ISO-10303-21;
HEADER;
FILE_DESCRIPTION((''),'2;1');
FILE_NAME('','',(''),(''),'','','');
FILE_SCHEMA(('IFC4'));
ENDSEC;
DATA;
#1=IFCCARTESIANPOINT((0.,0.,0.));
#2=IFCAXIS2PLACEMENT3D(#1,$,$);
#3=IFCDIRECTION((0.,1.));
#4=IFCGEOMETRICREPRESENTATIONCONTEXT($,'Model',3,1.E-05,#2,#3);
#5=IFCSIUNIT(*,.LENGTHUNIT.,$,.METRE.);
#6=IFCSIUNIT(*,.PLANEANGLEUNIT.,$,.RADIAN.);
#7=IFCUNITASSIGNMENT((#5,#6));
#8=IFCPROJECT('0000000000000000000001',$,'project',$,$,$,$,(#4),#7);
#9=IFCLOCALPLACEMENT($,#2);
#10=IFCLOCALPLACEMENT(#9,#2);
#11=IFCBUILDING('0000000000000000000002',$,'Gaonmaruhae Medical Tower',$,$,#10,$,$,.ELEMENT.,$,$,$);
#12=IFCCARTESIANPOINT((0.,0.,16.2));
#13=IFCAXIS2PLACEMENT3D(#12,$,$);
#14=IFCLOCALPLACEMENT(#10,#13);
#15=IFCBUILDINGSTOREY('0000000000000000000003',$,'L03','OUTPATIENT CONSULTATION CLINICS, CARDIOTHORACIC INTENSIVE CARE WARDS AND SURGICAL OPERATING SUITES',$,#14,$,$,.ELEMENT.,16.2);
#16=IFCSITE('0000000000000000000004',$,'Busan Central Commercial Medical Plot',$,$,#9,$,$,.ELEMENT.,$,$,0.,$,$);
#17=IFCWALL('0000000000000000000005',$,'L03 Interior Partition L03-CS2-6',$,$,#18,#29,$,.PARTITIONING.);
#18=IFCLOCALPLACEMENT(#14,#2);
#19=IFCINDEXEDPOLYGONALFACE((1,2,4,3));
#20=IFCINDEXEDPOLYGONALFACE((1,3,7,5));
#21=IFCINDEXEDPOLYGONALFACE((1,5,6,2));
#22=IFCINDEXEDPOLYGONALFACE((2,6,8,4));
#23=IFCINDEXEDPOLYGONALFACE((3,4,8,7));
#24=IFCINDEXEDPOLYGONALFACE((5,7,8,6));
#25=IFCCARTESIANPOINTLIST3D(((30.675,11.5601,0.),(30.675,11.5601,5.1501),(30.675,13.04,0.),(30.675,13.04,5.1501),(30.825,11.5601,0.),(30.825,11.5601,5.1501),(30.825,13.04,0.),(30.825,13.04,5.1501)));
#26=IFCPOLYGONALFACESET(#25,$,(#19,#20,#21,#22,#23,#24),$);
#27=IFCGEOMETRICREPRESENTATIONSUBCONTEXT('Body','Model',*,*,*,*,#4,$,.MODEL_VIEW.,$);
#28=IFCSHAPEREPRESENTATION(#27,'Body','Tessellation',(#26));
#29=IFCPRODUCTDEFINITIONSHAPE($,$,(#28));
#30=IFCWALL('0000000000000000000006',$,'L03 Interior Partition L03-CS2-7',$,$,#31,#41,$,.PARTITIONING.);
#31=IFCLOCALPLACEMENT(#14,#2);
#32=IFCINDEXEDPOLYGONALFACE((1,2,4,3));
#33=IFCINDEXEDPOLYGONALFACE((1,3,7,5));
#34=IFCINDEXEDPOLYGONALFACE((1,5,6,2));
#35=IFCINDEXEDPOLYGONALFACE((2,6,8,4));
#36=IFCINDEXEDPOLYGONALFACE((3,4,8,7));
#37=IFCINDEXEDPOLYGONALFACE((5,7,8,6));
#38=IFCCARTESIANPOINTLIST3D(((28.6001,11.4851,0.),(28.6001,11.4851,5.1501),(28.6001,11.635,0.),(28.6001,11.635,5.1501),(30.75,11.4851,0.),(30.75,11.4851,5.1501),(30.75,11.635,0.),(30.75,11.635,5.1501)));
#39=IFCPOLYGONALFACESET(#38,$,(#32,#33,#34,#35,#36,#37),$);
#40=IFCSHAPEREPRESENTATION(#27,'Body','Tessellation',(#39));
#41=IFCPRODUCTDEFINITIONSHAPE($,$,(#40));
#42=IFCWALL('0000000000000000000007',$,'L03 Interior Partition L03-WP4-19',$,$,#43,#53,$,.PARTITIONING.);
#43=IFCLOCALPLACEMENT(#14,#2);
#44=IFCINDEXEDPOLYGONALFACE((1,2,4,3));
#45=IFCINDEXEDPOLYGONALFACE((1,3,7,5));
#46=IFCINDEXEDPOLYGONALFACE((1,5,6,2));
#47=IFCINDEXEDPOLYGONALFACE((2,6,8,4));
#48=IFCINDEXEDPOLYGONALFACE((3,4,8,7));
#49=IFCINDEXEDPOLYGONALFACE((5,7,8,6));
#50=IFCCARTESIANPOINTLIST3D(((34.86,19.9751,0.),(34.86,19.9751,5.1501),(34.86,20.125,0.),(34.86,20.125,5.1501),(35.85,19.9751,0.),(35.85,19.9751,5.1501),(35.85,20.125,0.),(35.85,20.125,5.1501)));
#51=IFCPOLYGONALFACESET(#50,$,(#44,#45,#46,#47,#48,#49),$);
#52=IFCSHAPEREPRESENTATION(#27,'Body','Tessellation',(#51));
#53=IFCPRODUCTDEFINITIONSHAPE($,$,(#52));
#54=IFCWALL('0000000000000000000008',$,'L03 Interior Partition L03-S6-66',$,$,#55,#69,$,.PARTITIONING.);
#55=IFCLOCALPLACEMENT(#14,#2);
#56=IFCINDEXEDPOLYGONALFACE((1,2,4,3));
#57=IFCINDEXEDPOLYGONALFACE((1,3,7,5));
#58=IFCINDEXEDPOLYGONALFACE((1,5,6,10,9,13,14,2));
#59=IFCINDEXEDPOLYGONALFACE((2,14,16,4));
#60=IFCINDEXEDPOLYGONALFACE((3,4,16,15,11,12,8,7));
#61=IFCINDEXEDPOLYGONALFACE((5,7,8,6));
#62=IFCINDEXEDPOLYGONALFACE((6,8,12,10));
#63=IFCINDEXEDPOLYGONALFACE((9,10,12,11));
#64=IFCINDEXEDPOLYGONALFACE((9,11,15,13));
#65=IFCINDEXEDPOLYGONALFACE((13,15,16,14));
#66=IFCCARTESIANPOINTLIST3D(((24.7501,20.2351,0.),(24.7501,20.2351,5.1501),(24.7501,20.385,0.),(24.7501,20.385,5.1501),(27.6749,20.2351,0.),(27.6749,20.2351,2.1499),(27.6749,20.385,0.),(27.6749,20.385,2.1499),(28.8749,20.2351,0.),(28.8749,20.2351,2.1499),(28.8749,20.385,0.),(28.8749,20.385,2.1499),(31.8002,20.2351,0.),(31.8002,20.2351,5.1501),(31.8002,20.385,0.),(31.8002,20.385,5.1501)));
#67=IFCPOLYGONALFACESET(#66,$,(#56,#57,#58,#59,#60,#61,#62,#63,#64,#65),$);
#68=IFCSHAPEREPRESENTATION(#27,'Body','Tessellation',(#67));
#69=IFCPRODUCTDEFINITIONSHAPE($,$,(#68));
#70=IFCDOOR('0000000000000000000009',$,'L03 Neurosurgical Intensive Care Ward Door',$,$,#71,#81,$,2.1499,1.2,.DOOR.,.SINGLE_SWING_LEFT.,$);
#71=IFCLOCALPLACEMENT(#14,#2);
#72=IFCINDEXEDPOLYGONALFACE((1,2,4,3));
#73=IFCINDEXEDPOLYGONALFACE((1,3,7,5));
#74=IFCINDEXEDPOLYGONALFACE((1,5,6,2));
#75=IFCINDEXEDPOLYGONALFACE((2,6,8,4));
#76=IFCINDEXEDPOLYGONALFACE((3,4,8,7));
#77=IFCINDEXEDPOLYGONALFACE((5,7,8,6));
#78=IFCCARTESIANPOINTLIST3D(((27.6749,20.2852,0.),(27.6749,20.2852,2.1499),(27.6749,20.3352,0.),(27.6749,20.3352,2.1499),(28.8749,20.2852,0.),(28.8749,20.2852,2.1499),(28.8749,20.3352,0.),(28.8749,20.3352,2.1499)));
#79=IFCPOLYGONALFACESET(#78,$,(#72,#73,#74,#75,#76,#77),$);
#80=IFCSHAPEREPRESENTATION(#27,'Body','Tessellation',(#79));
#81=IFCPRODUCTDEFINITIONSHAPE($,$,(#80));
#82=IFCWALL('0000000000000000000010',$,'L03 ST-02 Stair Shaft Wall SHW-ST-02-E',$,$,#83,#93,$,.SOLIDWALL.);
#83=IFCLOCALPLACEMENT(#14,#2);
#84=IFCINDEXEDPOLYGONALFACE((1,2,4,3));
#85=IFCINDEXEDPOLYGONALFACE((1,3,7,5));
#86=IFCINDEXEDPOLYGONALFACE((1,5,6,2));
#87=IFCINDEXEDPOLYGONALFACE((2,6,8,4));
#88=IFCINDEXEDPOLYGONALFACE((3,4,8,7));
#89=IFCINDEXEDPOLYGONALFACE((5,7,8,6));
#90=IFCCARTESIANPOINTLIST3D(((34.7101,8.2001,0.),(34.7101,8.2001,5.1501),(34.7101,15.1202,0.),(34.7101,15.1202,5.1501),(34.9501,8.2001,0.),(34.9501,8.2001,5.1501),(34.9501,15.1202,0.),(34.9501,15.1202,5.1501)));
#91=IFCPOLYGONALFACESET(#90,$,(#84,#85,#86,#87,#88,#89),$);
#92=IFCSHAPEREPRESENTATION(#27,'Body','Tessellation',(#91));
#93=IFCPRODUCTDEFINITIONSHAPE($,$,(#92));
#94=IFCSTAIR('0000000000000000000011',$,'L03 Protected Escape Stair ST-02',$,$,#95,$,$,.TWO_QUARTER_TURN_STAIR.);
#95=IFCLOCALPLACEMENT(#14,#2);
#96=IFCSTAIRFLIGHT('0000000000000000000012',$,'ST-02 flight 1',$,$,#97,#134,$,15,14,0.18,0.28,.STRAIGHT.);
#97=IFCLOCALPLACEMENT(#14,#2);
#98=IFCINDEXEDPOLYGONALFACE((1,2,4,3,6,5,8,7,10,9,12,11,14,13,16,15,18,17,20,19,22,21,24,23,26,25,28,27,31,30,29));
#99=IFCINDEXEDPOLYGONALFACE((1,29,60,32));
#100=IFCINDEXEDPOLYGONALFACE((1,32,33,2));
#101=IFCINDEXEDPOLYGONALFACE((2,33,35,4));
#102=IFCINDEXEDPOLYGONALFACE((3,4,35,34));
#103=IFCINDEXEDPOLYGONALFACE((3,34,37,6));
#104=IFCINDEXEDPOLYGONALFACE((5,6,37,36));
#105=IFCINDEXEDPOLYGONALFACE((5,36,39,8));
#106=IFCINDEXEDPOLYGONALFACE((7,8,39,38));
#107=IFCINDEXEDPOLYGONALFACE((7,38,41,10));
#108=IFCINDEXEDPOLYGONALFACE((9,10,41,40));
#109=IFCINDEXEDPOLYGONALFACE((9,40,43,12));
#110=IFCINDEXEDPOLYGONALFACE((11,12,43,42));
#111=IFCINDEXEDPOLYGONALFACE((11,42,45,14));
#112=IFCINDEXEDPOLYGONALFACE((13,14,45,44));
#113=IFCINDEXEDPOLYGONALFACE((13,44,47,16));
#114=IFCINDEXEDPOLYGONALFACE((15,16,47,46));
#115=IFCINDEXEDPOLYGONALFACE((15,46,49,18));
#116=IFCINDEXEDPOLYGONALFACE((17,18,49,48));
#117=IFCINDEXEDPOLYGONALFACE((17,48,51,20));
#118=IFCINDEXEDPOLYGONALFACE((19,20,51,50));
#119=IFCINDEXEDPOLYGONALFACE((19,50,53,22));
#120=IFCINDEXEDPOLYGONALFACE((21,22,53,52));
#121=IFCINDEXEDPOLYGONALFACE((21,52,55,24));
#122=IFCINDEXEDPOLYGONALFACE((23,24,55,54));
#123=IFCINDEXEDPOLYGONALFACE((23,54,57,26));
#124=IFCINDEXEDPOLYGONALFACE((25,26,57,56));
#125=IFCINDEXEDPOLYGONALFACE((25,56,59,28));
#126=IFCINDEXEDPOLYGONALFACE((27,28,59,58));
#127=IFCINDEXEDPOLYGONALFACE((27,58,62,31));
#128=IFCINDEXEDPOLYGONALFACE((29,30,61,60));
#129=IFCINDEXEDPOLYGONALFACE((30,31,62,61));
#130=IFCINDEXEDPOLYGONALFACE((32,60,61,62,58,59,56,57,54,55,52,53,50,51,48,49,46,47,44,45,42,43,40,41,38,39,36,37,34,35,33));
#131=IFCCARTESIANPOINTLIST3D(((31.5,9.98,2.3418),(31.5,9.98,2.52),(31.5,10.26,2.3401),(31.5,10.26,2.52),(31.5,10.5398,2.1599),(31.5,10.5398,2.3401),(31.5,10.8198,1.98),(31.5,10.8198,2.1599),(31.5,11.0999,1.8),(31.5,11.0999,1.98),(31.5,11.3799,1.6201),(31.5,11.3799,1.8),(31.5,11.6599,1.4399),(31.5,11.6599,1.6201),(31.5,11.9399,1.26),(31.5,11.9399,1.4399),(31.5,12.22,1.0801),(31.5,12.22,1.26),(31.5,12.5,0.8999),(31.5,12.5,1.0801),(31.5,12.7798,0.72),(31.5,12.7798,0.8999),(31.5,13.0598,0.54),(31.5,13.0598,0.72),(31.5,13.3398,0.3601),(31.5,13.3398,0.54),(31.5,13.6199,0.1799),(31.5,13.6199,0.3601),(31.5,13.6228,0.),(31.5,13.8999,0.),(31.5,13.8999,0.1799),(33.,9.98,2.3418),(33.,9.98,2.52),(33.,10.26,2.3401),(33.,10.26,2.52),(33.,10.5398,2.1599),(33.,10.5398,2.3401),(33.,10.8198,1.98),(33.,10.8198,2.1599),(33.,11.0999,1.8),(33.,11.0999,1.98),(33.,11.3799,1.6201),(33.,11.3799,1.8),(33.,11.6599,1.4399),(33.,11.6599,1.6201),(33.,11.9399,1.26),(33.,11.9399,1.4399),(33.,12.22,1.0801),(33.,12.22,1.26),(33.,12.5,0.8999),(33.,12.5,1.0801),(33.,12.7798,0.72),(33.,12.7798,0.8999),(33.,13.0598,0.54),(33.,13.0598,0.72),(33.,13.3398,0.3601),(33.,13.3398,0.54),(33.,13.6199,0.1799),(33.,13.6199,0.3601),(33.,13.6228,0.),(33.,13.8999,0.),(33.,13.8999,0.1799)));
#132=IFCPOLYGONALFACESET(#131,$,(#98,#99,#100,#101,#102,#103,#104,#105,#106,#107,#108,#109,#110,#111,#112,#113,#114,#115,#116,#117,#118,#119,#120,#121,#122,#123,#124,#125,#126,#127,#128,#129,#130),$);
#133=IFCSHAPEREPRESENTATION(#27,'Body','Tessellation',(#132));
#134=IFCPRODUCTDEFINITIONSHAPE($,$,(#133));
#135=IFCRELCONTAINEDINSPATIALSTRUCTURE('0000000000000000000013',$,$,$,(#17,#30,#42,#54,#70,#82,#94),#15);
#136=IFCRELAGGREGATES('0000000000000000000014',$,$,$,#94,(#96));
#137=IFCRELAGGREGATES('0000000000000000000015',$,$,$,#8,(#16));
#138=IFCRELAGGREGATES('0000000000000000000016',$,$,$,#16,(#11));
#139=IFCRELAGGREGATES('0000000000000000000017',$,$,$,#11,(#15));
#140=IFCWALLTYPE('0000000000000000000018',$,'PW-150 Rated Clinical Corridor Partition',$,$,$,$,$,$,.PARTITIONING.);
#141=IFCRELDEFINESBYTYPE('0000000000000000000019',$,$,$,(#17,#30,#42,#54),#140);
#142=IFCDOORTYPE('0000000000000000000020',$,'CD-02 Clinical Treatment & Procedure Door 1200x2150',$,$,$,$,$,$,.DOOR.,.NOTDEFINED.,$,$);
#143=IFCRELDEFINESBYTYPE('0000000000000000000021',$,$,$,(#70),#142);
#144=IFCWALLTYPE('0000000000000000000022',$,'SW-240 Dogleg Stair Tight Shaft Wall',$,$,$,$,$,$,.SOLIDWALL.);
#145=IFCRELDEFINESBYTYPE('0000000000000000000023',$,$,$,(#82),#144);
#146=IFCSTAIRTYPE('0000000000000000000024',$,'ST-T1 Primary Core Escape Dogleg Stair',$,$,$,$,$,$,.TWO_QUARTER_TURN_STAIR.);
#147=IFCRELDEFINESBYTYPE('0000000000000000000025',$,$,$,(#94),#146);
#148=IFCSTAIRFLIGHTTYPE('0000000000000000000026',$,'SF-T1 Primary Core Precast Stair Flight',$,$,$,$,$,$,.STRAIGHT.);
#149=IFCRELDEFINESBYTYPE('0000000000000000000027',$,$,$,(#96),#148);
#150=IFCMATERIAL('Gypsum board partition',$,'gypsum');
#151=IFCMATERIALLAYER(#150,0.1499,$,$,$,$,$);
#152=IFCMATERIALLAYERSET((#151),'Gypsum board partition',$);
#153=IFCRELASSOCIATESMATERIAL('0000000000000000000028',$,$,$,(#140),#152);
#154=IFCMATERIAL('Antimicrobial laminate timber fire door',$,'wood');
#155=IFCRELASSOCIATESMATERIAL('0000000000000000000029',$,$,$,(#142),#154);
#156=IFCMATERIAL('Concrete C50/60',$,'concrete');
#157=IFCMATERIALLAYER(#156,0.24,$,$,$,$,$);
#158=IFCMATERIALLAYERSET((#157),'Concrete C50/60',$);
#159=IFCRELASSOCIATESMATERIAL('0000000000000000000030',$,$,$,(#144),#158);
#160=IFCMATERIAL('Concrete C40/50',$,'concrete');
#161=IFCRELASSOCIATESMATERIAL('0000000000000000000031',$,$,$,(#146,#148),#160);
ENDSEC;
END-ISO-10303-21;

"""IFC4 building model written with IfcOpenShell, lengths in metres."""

from ifc_helpers import new_model, si_unit, direction, frame, frame_2d, origin, place, context, subcontext, project, spatial, polyline, rectangle, outline, extrude, material, layer, layer_set, type_object, element, fill, aggregate, save


model = new_model("IFC4")

# Units and contexts
model_context = context("Model", 3, precision=1e-05, world=origin(), true_north=direction((0.0, 1.0)))
body_context = subcontext(model_context, "Body", "Model", "MODEL_VIEW")
ifc_project = project(units=[si_unit("LENGTHUNIT", "METRE"), si_unit("PLANEANGLEUNIT", "RADIAN")], contexts=[model_context])

# Site, building, storey
site_placement = place(None, origin())
site = spatial("IfcSite", under=ifc_project, at=site_placement, Name="Busan Central Commercial Medical Plot", CompositionType="ELEMENT", RefElevation=0.0)
building_placement = place(site_placement, origin())
building = spatial("IfcBuilding", under=site, at=building_placement, Name="Gaonmaruhae Medical Tower", CompositionType="ELEMENT")
storey_placement = place(building_placement, frame((0.0, 0.0, 16.2)))
storey = spatial("IfcBuildingStorey", under=building, at=storey_placement, Name="L03", Description="OUTPATIENT CONSULTATION CLINICS, CARDIOTHORACIC INTENSIVE CARE WARDS AND SURGICAL OPERATING SUITES", CompositionType="ELEMENT", Elevation=16.2)

# Shared definitions
ifc_material_1 = material(Name="Concrete C50/60", Category="concrete")

# Walls
ifc_material_2 = material(Name="Gypsum board partition", Category="gypsum")
ifc_layer_1 = layer(ifc_material_2, 0.1499)
ifc_layer_set_1 = layer_set([ifc_layer_1], Name="Gypsum board partition")
wall_type_1 = type_object("IfcWallType", Name="PW-150 Rated Clinical Corridor Partition", PredefinedType="PARTITIONING", material=ifc_layer_set_1)
wall_1_placement = place(storey_placement, frame((30.75, 13.04, 0.0), z_axis=(0.0, 0.0, 1.0), x_axis=(0.0, -1.0, 0.0)))
element("IfcWall", 1, at=wall_1_placement, inside=storey, type_object=wall_type_1, Name="L03 Interior Partition L03-CS2-6", PredefinedType="PARTITIONING", context=body_context, shape_type="SweptSolid", body=[
    extrude(rectangle(XDim=1.48, YDim=0.1499, at=frame_2d((0.74, 0.0))), origin(), (0.0, 0.0, 1.0), 5.1501),
])
wall_2_placement = place(storey_placement, frame((30.75, 11.5601, 0.0), z_axis=(0.0, 0.0, 1.0), x_axis=(-1.0, 0.0, 0.0)))
element("IfcWall", 2, at=wall_2_placement, inside=storey, type_object=wall_type_1, Name="L03 Interior Partition L03-CS2-7", PredefinedType="PARTITIONING", context=body_context, shape_type="SweptSolid", body=[
    extrude(rectangle(XDim=2.1499, YDim=0.1499, at=frame_2d((1.075, 0.0))), origin(), (0.0, 0.0, 1.0), 5.1501),
])
wall_3_placement = place(storey_placement, frame((35.8501, 20.05, 0.0), z_axis=(0.0, 0.0, 1.0), x_axis=(-1.0, 0.0, 0.0)))
element("IfcWall", 3, at=wall_3_placement, inside=storey, type_object=wall_type_1, Name="L03 Interior Partition L03-WP4-19", PredefinedType="PARTITIONING", context=body_context, shape_type="SweptSolid", body=[
    extrude(rectangle(XDim=0.99, YDim=0.1499, at=frame_2d((0.4951, 0.0))), origin(), (0.0, 0.0, 1.0), 5.1501),
])

# Wall, opening, door
wall_4_placement = place(storey_placement, frame((31.8, 20.3101, 0.0), z_axis=(0.0, 0.0, 1.0), x_axis=(-1.0, 0.0, 0.0)))
wall_4 = element("IfcWall", 4, at=wall_4_placement, inside=storey, type_object=wall_type_1, Name="L03 Interior Partition L03-S6-66", PredefinedType="PARTITIONING", context=body_context, shape_type="SweptSolid", body=[
    extrude(rectangle(XDim=7.05, YDim=0.1499, at=frame_2d((3.5249, 0.0))), origin(), (0.0, 0.0, 1.0), 5.1501),
])
opening_1_placement = place(wall_4_placement, frame((2.925, 0.0, 0.0)))
opening_1 = element("IfcOpeningElement", 5, at=opening_1_placement, cuts=wall_4, PredefinedType="OPENING", context=body_context, shape_type="SweptSolid", body=[
    extrude(rectangle(XDim=1.2, YDim=2.1499, at=frame_2d((0.6001, 1.075))), frame((0.0, 0.085, 0.0), z_axis=(0.0, -1.0, 0.0), x_axis=(1.0, 0.0, 0.0)), (0.0, 0.0, 1.0), 0.1699),
])
ifc_material_3 = material(Name="Antimicrobial laminate timber fire door", Category="wood")
door_type_1 = type_object("IfcDoorType", Name="CD-02 Clinical Treatment & Procedure Door 1200x2150", OperationType="NOTDEFINED", PredefinedType="DOOR", material=ifc_material_3)
door_1_placement = place(opening_1_placement, origin())
door_1 = element("IfcDoor", 6, at=door_1_placement, inside=storey, type_object=door_type_1, Name="L03 Neurosurgical Intensive Care Ward Door", OperationType="SINGLE_SWING_LEFT", OverallHeight=2.1499, OverallWidth=1.2, PredefinedType="DOOR", context=body_context, shape_type="SweptSolid", body=[
    extrude(rectangle(XDim=1.2, YDim=2.1499, at=frame_2d((0.6001, 1.075))), frame((0.0, 0.0249, 0.0), z_axis=(0.0, -1.0, 0.0), x_axis=(1.0, 0.0, 0.0)), (0.0, 0.0, 1.0), 0.05),
])
fill(opening_1, door_1)
ifc_layer_2 = layer(ifc_material_1, 0.24)
ifc_layer_set_2 = layer_set([ifc_layer_2], Name="Concrete C50/60")
wall_type_2 = type_object("IfcWallType", Name="SW-240 Dogleg Stair Tight Shaft Wall", PredefinedType="SOLIDWALL", material=ifc_layer_set_2)

# Wall
wall_5_placement = place(storey_placement, frame((34.8301, 15.1201, 0.0), z_axis=(0.0, 0.0, 1.0), x_axis=(0.0, -1.0, 0.0)))
element("IfcWall", 7, at=wall_5_placement, inside=storey, type_object=wall_type_2, Name="L03 ST-02 Stair Shaft Wall SHW-ST-02-E", PredefinedType="SOLIDWALL", context=body_context, shape_type="SweptSolid", body=[
    extrude(rectangle(XDim=6.9202, YDim=0.24, at=frame_2d((3.46, 0.0))), origin(), (0.0, 0.0, 1.0), 5.1501),
])

# Stair, stair flight
ifc_material_4 = material(Name="Concrete C40/50", Category="concrete")
stair_type = type_object("IfcStairType", Name="ST-T1 Primary Core Escape Dogleg Stair", PredefinedType="TWO_QUARTER_TURN_STAIR", material=ifc_material_4)
stair_placement = place(storey_placement, origin())
stair = element("IfcStair", 8, at=stair_placement, inside=storey, type_object=stair_type, Name="L03 Protected Escape Stair ST-02", PredefinedType="TWO_QUARTER_TURN_STAIR")
stair_flight_type = type_object("IfcStairFlightType", Name="SF-T1 Primary Core Precast Stair Flight", PredefinedType="STRAIGHT", material=ifc_material_4)
stair_flight_placement = place(storey_placement, frame((32.25, 13.8999, 0.0), z_axis=(0.0, 0.0, 1.0), x_axis=(0.0, -1.0, 0.0)))
stair_flight = element("IfcStairFlight", 9, at=stair_flight_placement, type_object=stair_flight_type, Name="ST-02 flight 1", NumberOfRisers=15, NumberOfTreads=14, PredefinedType="STRAIGHT", RiserHeight=0.18, TreadLength=0.28, context=body_context, shape_type="SweptSolid", body=[
    extrude(outline(polyline([(0.0, 0.0), (0.0, 0.1799), (0.28, 0.1799), (0.28, 0.3601), (0.5601, 0.3601), (0.5601, 0.54), (0.8401, 0.54), (0.8401, 0.72), (1.1201, 0.72), (1.1201, 0.8999), (1.3999, 0.8999), (1.3999, 1.0801), (1.6799, 1.0801), (1.6799, 1.26), (1.96, 1.26), (1.96, 1.4399), (2.24, 1.4399), (2.24, 1.6201), (2.52, 1.6201), (2.52, 1.8), (2.8, 1.8), (2.8, 1.98), (3.0801, 1.98), (3.0801, 2.1599), (3.3601, 2.1599), (3.3601, 2.3401), (3.6399, 2.3401), (3.6399, 2.52), (3.9199, 2.52), (3.9199, 2.7), (3.9199, 2.3418), (0.2771, 0.0), (0.0, 0.0)])), frame((0.0, 0.75, 0.0), z_axis=(0.0, -1.0, 0.0), x_axis=(1.0, 0.0, 0.0)), (0.0, 0.0, 1.0), 1.5),
])
aggregate(stair, [stair_flight])

save(model, "model.ifc")
